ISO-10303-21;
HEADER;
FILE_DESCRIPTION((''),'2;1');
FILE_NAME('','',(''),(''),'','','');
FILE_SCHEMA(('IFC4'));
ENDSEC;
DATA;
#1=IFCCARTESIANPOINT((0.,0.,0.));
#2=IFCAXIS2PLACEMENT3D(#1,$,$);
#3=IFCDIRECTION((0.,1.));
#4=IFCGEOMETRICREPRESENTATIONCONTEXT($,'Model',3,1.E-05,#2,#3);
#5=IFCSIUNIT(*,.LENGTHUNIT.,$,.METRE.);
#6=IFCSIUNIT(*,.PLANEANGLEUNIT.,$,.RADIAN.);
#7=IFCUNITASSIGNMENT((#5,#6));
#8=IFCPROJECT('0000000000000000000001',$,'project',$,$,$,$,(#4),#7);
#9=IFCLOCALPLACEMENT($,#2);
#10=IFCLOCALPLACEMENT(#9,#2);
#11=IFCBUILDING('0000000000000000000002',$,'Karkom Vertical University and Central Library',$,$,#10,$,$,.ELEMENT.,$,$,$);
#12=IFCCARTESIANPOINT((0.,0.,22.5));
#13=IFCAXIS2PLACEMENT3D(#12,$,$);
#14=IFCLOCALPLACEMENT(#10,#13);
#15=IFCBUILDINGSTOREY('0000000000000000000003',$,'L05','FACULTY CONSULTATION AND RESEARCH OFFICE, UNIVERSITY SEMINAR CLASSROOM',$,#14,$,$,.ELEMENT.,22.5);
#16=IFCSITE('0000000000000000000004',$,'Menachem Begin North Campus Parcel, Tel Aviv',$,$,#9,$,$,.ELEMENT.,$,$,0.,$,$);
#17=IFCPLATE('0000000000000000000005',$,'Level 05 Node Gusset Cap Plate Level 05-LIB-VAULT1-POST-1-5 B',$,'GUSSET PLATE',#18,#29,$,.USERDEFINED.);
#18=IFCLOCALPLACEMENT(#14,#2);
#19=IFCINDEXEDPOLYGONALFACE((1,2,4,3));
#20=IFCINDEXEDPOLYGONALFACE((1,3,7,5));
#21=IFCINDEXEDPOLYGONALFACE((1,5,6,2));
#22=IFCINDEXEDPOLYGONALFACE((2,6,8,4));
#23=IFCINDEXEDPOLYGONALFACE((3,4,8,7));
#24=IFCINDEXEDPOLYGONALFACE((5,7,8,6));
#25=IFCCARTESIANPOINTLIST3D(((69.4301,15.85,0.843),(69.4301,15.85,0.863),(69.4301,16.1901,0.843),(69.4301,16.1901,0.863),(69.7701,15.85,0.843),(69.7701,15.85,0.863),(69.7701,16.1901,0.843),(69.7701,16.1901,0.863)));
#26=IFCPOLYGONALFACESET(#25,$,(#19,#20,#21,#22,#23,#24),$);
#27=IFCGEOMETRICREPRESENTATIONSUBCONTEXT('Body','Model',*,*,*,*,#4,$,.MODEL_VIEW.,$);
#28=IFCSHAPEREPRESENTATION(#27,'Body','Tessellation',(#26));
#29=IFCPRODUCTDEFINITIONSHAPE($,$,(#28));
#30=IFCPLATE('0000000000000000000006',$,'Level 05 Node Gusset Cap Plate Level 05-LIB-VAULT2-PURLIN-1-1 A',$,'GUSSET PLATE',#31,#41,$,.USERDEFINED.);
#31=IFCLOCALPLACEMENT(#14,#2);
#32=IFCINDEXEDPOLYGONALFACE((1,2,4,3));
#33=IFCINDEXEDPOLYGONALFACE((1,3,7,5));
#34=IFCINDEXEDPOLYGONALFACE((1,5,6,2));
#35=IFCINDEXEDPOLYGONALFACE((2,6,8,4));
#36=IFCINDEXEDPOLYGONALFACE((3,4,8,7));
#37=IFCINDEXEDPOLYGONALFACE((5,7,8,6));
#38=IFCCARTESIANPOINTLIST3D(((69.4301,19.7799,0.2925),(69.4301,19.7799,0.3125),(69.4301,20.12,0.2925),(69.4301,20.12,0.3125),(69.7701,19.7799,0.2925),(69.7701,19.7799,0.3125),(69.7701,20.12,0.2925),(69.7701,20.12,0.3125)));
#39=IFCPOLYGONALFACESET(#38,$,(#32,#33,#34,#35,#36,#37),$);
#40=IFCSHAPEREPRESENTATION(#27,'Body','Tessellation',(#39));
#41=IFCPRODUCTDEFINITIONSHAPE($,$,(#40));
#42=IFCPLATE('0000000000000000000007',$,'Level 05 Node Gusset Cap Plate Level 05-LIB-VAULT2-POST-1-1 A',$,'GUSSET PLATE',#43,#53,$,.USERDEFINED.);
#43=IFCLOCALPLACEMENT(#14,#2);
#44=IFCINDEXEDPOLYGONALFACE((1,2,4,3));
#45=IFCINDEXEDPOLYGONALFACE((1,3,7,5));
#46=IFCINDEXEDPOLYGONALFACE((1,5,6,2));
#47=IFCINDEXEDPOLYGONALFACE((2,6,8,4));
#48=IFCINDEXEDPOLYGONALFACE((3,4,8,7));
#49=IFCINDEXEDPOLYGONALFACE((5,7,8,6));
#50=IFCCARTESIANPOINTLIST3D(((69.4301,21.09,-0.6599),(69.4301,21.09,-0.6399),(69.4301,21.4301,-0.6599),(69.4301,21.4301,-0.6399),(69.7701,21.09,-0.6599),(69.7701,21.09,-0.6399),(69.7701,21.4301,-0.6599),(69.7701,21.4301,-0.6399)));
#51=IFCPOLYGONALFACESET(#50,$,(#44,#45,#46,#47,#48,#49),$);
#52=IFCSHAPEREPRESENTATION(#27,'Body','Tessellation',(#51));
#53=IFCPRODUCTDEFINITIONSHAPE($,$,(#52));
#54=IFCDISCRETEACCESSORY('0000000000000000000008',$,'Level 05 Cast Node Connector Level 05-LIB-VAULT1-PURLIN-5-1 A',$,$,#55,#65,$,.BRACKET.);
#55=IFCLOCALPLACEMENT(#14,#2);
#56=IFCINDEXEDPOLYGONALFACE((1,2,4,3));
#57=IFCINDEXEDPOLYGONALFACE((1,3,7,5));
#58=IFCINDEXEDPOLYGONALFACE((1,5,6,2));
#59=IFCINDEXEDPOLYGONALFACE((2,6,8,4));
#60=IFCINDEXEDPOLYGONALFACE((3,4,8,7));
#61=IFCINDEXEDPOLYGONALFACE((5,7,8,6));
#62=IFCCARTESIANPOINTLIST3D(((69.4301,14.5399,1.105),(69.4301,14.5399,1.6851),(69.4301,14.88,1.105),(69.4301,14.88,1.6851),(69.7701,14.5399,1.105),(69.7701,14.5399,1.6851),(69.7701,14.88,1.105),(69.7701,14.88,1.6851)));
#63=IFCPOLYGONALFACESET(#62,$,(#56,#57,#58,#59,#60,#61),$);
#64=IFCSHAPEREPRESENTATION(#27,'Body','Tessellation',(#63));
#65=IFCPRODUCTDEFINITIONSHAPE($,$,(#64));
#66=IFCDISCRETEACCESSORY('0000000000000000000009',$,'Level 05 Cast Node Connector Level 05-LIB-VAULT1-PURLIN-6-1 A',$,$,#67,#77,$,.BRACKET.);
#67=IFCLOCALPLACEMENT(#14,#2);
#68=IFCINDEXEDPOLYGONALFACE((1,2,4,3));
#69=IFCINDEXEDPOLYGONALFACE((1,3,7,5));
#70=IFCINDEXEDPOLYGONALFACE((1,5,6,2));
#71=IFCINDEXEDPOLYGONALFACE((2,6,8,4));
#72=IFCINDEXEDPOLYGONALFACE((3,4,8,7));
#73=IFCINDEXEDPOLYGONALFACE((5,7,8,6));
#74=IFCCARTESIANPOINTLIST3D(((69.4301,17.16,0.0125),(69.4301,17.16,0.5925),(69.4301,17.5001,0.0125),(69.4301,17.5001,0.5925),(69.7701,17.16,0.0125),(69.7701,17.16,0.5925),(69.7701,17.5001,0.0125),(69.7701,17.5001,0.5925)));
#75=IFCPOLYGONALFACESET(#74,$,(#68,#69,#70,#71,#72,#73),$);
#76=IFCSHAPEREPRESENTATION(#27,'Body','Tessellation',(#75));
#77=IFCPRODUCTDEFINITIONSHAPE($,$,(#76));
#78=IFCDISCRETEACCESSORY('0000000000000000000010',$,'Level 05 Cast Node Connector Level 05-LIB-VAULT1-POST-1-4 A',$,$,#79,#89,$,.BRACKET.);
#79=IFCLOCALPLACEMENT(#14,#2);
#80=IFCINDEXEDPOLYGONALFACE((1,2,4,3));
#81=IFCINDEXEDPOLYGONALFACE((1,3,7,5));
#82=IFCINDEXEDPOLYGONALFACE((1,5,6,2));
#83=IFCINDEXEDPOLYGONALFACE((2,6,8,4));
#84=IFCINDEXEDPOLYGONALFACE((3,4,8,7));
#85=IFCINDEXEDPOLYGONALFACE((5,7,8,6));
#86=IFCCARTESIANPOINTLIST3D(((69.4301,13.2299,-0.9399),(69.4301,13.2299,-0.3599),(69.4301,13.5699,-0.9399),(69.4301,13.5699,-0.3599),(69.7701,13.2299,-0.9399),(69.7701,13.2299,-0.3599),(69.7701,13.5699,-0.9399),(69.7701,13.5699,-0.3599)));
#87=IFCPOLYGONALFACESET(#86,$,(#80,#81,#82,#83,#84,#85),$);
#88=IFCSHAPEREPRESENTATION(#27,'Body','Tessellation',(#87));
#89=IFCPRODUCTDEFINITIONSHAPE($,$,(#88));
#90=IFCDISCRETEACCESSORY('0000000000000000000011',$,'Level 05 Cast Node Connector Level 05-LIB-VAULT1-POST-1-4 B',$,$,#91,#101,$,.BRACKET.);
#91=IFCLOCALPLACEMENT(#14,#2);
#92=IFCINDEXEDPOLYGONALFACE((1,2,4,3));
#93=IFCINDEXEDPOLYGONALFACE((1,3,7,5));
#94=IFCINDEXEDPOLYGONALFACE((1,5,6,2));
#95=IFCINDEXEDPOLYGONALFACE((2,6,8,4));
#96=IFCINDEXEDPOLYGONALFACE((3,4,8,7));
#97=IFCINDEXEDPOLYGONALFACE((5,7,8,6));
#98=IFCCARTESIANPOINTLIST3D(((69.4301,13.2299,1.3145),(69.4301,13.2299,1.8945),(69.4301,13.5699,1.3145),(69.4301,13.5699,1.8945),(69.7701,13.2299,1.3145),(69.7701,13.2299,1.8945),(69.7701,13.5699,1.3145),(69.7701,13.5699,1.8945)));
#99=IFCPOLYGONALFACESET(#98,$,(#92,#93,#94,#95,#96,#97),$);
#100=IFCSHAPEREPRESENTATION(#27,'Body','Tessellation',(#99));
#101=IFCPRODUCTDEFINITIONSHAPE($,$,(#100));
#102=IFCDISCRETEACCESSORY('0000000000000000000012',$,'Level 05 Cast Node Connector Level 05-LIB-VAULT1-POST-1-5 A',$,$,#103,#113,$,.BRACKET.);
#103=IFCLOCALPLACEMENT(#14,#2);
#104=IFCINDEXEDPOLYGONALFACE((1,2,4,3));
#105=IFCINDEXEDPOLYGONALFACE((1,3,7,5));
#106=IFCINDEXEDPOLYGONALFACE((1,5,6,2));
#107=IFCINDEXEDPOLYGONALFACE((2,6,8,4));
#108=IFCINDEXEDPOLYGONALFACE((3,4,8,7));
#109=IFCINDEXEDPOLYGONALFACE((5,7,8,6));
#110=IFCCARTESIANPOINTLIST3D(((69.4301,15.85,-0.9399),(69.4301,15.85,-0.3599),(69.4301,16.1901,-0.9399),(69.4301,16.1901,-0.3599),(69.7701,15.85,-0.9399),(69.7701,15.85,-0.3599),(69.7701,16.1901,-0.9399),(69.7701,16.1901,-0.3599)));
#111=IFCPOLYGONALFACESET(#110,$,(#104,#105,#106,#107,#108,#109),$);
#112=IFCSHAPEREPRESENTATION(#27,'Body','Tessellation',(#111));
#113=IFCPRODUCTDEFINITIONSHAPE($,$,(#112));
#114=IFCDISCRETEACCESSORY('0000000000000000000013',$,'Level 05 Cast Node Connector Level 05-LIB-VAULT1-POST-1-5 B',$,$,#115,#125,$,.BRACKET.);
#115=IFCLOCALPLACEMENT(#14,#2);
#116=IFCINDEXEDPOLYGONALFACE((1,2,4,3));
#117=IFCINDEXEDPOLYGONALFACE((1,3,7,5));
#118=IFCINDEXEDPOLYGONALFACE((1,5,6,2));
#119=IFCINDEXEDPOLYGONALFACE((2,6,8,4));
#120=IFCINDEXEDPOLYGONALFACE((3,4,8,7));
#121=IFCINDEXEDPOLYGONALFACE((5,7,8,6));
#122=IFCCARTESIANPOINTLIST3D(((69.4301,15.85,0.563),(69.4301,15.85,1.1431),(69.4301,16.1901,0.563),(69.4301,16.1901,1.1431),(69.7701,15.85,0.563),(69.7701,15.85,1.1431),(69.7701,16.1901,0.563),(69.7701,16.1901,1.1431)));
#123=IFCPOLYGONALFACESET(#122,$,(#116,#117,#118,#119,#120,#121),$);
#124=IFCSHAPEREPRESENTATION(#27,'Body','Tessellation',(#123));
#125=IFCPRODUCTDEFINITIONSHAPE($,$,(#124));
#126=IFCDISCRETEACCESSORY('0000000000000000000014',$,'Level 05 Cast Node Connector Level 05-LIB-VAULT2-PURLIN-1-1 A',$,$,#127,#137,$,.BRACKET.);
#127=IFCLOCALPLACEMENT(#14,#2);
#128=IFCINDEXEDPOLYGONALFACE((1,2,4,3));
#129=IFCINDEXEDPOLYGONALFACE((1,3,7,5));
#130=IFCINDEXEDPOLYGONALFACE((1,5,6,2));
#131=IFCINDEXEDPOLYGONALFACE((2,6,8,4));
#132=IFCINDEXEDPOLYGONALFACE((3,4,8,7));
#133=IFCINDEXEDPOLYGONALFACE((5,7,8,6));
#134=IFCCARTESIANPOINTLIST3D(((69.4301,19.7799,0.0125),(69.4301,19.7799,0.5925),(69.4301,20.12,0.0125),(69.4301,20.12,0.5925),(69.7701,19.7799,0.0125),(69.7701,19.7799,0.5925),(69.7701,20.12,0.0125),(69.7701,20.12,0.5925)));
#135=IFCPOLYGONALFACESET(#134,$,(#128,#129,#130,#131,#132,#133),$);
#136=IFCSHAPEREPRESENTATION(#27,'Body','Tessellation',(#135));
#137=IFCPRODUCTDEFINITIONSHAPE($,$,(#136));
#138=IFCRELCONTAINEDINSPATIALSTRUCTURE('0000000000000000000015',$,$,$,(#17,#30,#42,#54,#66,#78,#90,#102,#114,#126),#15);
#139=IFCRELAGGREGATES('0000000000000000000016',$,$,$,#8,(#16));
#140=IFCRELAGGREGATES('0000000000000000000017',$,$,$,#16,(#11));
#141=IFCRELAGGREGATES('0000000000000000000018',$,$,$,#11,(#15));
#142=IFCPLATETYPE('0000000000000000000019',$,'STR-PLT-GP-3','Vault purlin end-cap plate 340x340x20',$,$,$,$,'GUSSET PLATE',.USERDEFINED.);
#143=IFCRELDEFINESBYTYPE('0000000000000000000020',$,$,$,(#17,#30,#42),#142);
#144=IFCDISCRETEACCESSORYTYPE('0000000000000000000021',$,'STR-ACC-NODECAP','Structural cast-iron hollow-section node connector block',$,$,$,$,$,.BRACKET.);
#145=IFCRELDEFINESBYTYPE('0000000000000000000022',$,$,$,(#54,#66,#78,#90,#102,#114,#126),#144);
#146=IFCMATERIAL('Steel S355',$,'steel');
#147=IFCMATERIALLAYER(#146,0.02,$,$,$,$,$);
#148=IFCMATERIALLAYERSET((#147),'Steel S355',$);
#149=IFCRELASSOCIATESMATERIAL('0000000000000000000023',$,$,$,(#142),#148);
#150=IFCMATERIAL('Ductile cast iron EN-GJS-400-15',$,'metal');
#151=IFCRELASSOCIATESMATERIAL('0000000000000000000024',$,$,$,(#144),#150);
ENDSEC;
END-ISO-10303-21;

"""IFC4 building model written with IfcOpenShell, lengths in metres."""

from ifc_helpers import new_model, si_unit, direction, frame, origin, origin_with_axes, origin_2d, place, context, subcontext, project, spatial, rectangle, extrude, source, transform, mapped, material, layer, layer_set, type_object, element, save


model = new_model("IFC4")

# Units and contexts
model_context = context("Model", 3, precision=1e-05, world=origin(), true_north=direction((0.0, 1.0)))
body_context = subcontext(model_context, "Body", "Model", "MODEL_VIEW")
ifc_project = project(units=[si_unit("LENGTHUNIT", "METRE"), si_unit("PLANEANGLEUNIT", "RADIAN")], contexts=[model_context])

# Site, building, storey
site_placement = place(None, origin())
site = spatial("IfcSite", under=ifc_project, at=site_placement, Name="Menachem Begin North Campus Parcel, Tel Aviv", CompositionType="ELEMENT", RefElevation=0.0)
building_placement = place(site_placement, origin())
building = spatial("IfcBuilding", under=site, at=building_placement, Name="Karkom Vertical University and Central Library", CompositionType="ELEMENT")
storey_placement = place(building_placement, frame((0.0, 0.0, 22.5)))
storey = spatial("IfcBuildingStorey", under=building, at=storey_placement, Name="L05", Description="FACULTY CONSULTATION AND RESEARCH OFFICE, UNIVERSITY SEMINAR CLASSROOM", CompositionType="ELEMENT", Elevation=22.5)

# Shared definitions
ifc_material_1 = material(Name="Steel S355", Category="steel")

# Plates
ifc_layer = layer(ifc_material_1, 0.02)
ifc_layer_set = layer_set([ifc_layer], Name="Steel S355")
plate_type = type_object("IfcPlateType", Name="STR-PLT-GP-3", Description="Vault purlin end-cap plate 340x340x20", ElementType="GUSSET PLATE", PredefinedType="USERDEFINED", material=ifc_layer_set)
shared_shape_1 = source(origin_with_axes(), body_context, "Body", "SweptSolid", [
    extrude(rectangle(XDim=0.3401, YDim=0.3401, at=origin_2d()), origin(), (0.0, 0.0, 1.0), 0.02),
])
for number, where, z_axis, x_axis, name in (
    (1, (69.6001, 16.02, 0.843), (0.0, 0.0, 1.0), (1.0, 0.0, 0.0), "Level 05 Node Gusset Cap Plate Level 05-LIB-VAULT1-POST-1-5 B"),
    (2, (69.6001, 19.95, 0.2925), (0.0, 0.0, 1.0), (1.0, 0.0, 0.0), "Level 05 Node Gusset Cap Plate Level 05-LIB-VAULT2-PURLIN-1-1 A"),
    (3, (69.6001, 21.26, -0.6599), (0.0, 0.0, 1.0), (1.0, 0.0, 0.0), "Level 05 Node Gusset Cap Plate Level 05-LIB-VAULT2-POST-1-1 A"),
):
    element("IfcPlate", number, at=place(storey_placement, frame(where, z_axis=z_axis, x_axis=x_axis)), inside=storey, type_object=plate_type, Name=name, ObjectType="GUSSET PLATE", PredefinedType="USERDEFINED", context=body_context, shape_type="MappedRepresentation", body=[
        mapped(shared_shape_1, transform((0.0, 0.0, 0.0), scale=1.0)),
    ])

# Discrete accessories
ifc_material_2 = material(Name="Ductile cast iron EN-GJS-400-15", Category="metal")
discrete_accessory_type = type_object("IfcDiscreteAccessoryType", Name="STR-ACC-NODECAP", Description="Structural cast-iron hollow-section node connector block", PredefinedType="BRACKET", material=ifc_material_2)
shared_shape_2 = source(origin_with_axes(), body_context, "Body", "SweptSolid", [
    extrude(rectangle(XDim=0.3401, YDim=0.3401, at=origin_2d()), origin(), (0.0, 0.0, 1.0), 0.5801),
])
for number, where, z_axis, x_axis, name in (
    (4, (69.6001, 14.71, 1.105), (0.0, 0.0, 1.0), (1.0, 0.0, 0.0), "Level 05 Cast Node Connector Level 05-LIB-VAULT1-PURLIN-5-1 A"),
    (5, (69.6001, 17.3301, 0.0125), (0.0, 0.0, 1.0), (1.0, 0.0, 0.0), "Level 05 Cast Node Connector Level 05-LIB-VAULT1-PURLIN-6-1 A"),
    (6, (69.6001, 13.3999, -0.9399), (0.0, 0.0, 1.0), (1.0, 0.0, 0.0), "Level 05 Cast Node Connector Level 05-LIB-VAULT1-POST-1-4 A"),
    (7, (69.6001, 13.3999, 1.3145), (0.0, 0.0, 1.0), (1.0, 0.0, 0.0), "Level 05 Cast Node Connector Level 05-LIB-VAULT1-POST-1-4 B"),
    (8, (69.6001, 16.02, -0.9399), (0.0, 0.0, 1.0), (1.0, 0.0, 0.0), "Level 05 Cast Node Connector Level 05-LIB-VAULT1-POST-1-5 A"),
    (9, (69.6001, 16.02, 0.563), (0.0, 0.0, 1.0), (1.0, 0.0, 0.0), "Level 05 Cast Node Connector Level 05-LIB-VAULT1-POST-1-5 B"),
    (10, (69.6001, 19.95, 0.0125), (0.0, 0.0, 1.0), (1.0, 0.0, 0.0), "Level 05 Cast Node Connector Level 05-LIB-VAULT2-PURLIN-1-1 A"),
):
    element("IfcDiscreteAccessory", number, at=place(storey_placement, frame(where, z_axis=z_axis, x_axis=x_axis)), inside=storey, type_object=discrete_accessory_type, Name=name, PredefinedType="BRACKET", context=body_context, shape_type="MappedRepresentation", body=[
        mapped(shared_shape_2, transform((0.0, 0.0, 0.0), scale=1.0)),
    ])

save(model, "model.ifc")
